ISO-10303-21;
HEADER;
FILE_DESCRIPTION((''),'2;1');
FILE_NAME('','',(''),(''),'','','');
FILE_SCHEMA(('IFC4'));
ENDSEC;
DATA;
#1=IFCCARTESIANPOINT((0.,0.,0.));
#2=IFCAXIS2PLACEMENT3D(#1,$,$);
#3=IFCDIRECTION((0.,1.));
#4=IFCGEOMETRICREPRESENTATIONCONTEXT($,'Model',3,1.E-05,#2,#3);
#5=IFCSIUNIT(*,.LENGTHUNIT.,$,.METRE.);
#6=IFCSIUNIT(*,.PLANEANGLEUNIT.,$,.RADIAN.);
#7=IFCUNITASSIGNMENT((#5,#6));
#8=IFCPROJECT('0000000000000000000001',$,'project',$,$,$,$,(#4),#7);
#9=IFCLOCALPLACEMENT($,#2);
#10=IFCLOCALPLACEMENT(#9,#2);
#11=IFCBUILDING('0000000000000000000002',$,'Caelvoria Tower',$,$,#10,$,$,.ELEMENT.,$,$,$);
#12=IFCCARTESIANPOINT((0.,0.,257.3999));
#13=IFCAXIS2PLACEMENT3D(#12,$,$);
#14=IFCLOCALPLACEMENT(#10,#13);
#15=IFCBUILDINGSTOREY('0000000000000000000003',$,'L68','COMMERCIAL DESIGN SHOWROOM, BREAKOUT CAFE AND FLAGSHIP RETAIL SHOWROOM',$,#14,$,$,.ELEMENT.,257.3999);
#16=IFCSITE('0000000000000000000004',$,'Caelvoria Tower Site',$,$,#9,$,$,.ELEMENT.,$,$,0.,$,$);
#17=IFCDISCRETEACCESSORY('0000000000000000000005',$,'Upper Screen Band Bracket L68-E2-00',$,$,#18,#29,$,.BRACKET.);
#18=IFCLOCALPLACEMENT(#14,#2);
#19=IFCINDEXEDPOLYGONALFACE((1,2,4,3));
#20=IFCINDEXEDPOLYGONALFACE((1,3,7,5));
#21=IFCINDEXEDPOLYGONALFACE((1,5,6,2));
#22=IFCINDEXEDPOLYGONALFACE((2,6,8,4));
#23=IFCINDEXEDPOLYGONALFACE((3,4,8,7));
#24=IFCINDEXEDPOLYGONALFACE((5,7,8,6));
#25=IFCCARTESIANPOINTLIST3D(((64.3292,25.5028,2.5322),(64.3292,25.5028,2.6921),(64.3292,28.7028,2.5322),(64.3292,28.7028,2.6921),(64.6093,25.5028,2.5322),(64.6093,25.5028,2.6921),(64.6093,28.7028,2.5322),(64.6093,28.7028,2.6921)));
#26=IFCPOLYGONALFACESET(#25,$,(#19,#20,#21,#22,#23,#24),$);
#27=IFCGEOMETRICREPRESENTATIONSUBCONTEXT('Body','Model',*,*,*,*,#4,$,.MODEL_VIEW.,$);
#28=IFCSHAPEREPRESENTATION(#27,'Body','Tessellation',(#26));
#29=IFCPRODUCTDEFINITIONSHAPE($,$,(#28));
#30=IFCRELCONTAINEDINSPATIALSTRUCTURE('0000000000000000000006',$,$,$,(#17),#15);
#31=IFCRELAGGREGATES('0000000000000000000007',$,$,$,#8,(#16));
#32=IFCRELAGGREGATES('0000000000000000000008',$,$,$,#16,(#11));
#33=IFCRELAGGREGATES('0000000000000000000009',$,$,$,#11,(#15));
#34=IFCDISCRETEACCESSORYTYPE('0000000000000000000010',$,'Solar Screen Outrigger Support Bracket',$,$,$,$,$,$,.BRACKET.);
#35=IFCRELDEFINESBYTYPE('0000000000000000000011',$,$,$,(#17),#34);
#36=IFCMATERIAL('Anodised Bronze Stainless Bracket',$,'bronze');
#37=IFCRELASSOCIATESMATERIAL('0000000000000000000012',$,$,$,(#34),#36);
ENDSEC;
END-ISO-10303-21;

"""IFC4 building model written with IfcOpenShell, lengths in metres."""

from ifc_helpers import new_model, si_unit, direction, frame, origin, origin_2d, place, context, subcontext, project, spatial, rectangle, extrude, material, type_object, element, save


model = new_model("IFC4")

# Units and contexts
model_context = context("Model", 3, precision=1e-05, world=origin(), true_north=direction((0.0, 1.0)))
body_context = subcontext(model_context, "Body", "Model", "MODEL_VIEW")
ifc_project = project(units=[si_unit("LENGTHUNIT", "METRE"), si_unit("PLANEANGLEUNIT", "RADIAN")], contexts=[model_context])

# Site, building, storey
site_placement = place(None, origin())
site = spatial("IfcSite", under=ifc_project, at=site_placement, Name="Caelvoria Tower Site", CompositionType="ELEMENT", RefElevation=0.0)
building_placement = place(site_placement, origin())
building = spatial("IfcBuilding", under=site, at=building_placement, Name="Caelvoria Tower", CompositionType="ELEMENT")
storey_placement = place(building_placement, frame((0.0, 0.0, 257.3999)))
storey = spatial("IfcBuildingStorey", under=building, at=storey_placement, Name="L68", Description="COMMERCIAL DESIGN SHOWROOM, BREAKOUT CAFE AND FLAGSHIP RETAIL SHOWROOM", CompositionType="ELEMENT", Elevation=257.3999)

# Discrete accessory
ifc_material_1 = material(Name="Anodised Bronze Stainless Bracket", Category="bronze")
discrete_accessory_type = type_object("IfcDiscreteAccessoryType", Name="Solar Screen Outrigger Support Bracket", PredefinedType="BRACKET", material=ifc_material_1)
for number, where, z_axis, x_axis, name in (
    (1, (64.4692, 27.1028, 2.5322), (0.0, 0.0, 1.0), (0.0, 1.0, 0.0), "Upper Screen Band Bracket L68-E2-00"),
):
    element("IfcDiscreteAccessory", number, at=place(storey_placement, frame(where, z_axis=z_axis, x_axis=x_axis)), inside=storey, type_object=discrete_accessory_type, Name=name, PredefinedType="BRACKET", context=body_context, shape_type="SweptSolid", body=[
        extrude(rectangle(XDim=3.2, YDim=0.28, at=origin_2d()), origin(), (0.0, 0.0, 1.0), 0.1599),
    ])

save(model, "model.ifc")
